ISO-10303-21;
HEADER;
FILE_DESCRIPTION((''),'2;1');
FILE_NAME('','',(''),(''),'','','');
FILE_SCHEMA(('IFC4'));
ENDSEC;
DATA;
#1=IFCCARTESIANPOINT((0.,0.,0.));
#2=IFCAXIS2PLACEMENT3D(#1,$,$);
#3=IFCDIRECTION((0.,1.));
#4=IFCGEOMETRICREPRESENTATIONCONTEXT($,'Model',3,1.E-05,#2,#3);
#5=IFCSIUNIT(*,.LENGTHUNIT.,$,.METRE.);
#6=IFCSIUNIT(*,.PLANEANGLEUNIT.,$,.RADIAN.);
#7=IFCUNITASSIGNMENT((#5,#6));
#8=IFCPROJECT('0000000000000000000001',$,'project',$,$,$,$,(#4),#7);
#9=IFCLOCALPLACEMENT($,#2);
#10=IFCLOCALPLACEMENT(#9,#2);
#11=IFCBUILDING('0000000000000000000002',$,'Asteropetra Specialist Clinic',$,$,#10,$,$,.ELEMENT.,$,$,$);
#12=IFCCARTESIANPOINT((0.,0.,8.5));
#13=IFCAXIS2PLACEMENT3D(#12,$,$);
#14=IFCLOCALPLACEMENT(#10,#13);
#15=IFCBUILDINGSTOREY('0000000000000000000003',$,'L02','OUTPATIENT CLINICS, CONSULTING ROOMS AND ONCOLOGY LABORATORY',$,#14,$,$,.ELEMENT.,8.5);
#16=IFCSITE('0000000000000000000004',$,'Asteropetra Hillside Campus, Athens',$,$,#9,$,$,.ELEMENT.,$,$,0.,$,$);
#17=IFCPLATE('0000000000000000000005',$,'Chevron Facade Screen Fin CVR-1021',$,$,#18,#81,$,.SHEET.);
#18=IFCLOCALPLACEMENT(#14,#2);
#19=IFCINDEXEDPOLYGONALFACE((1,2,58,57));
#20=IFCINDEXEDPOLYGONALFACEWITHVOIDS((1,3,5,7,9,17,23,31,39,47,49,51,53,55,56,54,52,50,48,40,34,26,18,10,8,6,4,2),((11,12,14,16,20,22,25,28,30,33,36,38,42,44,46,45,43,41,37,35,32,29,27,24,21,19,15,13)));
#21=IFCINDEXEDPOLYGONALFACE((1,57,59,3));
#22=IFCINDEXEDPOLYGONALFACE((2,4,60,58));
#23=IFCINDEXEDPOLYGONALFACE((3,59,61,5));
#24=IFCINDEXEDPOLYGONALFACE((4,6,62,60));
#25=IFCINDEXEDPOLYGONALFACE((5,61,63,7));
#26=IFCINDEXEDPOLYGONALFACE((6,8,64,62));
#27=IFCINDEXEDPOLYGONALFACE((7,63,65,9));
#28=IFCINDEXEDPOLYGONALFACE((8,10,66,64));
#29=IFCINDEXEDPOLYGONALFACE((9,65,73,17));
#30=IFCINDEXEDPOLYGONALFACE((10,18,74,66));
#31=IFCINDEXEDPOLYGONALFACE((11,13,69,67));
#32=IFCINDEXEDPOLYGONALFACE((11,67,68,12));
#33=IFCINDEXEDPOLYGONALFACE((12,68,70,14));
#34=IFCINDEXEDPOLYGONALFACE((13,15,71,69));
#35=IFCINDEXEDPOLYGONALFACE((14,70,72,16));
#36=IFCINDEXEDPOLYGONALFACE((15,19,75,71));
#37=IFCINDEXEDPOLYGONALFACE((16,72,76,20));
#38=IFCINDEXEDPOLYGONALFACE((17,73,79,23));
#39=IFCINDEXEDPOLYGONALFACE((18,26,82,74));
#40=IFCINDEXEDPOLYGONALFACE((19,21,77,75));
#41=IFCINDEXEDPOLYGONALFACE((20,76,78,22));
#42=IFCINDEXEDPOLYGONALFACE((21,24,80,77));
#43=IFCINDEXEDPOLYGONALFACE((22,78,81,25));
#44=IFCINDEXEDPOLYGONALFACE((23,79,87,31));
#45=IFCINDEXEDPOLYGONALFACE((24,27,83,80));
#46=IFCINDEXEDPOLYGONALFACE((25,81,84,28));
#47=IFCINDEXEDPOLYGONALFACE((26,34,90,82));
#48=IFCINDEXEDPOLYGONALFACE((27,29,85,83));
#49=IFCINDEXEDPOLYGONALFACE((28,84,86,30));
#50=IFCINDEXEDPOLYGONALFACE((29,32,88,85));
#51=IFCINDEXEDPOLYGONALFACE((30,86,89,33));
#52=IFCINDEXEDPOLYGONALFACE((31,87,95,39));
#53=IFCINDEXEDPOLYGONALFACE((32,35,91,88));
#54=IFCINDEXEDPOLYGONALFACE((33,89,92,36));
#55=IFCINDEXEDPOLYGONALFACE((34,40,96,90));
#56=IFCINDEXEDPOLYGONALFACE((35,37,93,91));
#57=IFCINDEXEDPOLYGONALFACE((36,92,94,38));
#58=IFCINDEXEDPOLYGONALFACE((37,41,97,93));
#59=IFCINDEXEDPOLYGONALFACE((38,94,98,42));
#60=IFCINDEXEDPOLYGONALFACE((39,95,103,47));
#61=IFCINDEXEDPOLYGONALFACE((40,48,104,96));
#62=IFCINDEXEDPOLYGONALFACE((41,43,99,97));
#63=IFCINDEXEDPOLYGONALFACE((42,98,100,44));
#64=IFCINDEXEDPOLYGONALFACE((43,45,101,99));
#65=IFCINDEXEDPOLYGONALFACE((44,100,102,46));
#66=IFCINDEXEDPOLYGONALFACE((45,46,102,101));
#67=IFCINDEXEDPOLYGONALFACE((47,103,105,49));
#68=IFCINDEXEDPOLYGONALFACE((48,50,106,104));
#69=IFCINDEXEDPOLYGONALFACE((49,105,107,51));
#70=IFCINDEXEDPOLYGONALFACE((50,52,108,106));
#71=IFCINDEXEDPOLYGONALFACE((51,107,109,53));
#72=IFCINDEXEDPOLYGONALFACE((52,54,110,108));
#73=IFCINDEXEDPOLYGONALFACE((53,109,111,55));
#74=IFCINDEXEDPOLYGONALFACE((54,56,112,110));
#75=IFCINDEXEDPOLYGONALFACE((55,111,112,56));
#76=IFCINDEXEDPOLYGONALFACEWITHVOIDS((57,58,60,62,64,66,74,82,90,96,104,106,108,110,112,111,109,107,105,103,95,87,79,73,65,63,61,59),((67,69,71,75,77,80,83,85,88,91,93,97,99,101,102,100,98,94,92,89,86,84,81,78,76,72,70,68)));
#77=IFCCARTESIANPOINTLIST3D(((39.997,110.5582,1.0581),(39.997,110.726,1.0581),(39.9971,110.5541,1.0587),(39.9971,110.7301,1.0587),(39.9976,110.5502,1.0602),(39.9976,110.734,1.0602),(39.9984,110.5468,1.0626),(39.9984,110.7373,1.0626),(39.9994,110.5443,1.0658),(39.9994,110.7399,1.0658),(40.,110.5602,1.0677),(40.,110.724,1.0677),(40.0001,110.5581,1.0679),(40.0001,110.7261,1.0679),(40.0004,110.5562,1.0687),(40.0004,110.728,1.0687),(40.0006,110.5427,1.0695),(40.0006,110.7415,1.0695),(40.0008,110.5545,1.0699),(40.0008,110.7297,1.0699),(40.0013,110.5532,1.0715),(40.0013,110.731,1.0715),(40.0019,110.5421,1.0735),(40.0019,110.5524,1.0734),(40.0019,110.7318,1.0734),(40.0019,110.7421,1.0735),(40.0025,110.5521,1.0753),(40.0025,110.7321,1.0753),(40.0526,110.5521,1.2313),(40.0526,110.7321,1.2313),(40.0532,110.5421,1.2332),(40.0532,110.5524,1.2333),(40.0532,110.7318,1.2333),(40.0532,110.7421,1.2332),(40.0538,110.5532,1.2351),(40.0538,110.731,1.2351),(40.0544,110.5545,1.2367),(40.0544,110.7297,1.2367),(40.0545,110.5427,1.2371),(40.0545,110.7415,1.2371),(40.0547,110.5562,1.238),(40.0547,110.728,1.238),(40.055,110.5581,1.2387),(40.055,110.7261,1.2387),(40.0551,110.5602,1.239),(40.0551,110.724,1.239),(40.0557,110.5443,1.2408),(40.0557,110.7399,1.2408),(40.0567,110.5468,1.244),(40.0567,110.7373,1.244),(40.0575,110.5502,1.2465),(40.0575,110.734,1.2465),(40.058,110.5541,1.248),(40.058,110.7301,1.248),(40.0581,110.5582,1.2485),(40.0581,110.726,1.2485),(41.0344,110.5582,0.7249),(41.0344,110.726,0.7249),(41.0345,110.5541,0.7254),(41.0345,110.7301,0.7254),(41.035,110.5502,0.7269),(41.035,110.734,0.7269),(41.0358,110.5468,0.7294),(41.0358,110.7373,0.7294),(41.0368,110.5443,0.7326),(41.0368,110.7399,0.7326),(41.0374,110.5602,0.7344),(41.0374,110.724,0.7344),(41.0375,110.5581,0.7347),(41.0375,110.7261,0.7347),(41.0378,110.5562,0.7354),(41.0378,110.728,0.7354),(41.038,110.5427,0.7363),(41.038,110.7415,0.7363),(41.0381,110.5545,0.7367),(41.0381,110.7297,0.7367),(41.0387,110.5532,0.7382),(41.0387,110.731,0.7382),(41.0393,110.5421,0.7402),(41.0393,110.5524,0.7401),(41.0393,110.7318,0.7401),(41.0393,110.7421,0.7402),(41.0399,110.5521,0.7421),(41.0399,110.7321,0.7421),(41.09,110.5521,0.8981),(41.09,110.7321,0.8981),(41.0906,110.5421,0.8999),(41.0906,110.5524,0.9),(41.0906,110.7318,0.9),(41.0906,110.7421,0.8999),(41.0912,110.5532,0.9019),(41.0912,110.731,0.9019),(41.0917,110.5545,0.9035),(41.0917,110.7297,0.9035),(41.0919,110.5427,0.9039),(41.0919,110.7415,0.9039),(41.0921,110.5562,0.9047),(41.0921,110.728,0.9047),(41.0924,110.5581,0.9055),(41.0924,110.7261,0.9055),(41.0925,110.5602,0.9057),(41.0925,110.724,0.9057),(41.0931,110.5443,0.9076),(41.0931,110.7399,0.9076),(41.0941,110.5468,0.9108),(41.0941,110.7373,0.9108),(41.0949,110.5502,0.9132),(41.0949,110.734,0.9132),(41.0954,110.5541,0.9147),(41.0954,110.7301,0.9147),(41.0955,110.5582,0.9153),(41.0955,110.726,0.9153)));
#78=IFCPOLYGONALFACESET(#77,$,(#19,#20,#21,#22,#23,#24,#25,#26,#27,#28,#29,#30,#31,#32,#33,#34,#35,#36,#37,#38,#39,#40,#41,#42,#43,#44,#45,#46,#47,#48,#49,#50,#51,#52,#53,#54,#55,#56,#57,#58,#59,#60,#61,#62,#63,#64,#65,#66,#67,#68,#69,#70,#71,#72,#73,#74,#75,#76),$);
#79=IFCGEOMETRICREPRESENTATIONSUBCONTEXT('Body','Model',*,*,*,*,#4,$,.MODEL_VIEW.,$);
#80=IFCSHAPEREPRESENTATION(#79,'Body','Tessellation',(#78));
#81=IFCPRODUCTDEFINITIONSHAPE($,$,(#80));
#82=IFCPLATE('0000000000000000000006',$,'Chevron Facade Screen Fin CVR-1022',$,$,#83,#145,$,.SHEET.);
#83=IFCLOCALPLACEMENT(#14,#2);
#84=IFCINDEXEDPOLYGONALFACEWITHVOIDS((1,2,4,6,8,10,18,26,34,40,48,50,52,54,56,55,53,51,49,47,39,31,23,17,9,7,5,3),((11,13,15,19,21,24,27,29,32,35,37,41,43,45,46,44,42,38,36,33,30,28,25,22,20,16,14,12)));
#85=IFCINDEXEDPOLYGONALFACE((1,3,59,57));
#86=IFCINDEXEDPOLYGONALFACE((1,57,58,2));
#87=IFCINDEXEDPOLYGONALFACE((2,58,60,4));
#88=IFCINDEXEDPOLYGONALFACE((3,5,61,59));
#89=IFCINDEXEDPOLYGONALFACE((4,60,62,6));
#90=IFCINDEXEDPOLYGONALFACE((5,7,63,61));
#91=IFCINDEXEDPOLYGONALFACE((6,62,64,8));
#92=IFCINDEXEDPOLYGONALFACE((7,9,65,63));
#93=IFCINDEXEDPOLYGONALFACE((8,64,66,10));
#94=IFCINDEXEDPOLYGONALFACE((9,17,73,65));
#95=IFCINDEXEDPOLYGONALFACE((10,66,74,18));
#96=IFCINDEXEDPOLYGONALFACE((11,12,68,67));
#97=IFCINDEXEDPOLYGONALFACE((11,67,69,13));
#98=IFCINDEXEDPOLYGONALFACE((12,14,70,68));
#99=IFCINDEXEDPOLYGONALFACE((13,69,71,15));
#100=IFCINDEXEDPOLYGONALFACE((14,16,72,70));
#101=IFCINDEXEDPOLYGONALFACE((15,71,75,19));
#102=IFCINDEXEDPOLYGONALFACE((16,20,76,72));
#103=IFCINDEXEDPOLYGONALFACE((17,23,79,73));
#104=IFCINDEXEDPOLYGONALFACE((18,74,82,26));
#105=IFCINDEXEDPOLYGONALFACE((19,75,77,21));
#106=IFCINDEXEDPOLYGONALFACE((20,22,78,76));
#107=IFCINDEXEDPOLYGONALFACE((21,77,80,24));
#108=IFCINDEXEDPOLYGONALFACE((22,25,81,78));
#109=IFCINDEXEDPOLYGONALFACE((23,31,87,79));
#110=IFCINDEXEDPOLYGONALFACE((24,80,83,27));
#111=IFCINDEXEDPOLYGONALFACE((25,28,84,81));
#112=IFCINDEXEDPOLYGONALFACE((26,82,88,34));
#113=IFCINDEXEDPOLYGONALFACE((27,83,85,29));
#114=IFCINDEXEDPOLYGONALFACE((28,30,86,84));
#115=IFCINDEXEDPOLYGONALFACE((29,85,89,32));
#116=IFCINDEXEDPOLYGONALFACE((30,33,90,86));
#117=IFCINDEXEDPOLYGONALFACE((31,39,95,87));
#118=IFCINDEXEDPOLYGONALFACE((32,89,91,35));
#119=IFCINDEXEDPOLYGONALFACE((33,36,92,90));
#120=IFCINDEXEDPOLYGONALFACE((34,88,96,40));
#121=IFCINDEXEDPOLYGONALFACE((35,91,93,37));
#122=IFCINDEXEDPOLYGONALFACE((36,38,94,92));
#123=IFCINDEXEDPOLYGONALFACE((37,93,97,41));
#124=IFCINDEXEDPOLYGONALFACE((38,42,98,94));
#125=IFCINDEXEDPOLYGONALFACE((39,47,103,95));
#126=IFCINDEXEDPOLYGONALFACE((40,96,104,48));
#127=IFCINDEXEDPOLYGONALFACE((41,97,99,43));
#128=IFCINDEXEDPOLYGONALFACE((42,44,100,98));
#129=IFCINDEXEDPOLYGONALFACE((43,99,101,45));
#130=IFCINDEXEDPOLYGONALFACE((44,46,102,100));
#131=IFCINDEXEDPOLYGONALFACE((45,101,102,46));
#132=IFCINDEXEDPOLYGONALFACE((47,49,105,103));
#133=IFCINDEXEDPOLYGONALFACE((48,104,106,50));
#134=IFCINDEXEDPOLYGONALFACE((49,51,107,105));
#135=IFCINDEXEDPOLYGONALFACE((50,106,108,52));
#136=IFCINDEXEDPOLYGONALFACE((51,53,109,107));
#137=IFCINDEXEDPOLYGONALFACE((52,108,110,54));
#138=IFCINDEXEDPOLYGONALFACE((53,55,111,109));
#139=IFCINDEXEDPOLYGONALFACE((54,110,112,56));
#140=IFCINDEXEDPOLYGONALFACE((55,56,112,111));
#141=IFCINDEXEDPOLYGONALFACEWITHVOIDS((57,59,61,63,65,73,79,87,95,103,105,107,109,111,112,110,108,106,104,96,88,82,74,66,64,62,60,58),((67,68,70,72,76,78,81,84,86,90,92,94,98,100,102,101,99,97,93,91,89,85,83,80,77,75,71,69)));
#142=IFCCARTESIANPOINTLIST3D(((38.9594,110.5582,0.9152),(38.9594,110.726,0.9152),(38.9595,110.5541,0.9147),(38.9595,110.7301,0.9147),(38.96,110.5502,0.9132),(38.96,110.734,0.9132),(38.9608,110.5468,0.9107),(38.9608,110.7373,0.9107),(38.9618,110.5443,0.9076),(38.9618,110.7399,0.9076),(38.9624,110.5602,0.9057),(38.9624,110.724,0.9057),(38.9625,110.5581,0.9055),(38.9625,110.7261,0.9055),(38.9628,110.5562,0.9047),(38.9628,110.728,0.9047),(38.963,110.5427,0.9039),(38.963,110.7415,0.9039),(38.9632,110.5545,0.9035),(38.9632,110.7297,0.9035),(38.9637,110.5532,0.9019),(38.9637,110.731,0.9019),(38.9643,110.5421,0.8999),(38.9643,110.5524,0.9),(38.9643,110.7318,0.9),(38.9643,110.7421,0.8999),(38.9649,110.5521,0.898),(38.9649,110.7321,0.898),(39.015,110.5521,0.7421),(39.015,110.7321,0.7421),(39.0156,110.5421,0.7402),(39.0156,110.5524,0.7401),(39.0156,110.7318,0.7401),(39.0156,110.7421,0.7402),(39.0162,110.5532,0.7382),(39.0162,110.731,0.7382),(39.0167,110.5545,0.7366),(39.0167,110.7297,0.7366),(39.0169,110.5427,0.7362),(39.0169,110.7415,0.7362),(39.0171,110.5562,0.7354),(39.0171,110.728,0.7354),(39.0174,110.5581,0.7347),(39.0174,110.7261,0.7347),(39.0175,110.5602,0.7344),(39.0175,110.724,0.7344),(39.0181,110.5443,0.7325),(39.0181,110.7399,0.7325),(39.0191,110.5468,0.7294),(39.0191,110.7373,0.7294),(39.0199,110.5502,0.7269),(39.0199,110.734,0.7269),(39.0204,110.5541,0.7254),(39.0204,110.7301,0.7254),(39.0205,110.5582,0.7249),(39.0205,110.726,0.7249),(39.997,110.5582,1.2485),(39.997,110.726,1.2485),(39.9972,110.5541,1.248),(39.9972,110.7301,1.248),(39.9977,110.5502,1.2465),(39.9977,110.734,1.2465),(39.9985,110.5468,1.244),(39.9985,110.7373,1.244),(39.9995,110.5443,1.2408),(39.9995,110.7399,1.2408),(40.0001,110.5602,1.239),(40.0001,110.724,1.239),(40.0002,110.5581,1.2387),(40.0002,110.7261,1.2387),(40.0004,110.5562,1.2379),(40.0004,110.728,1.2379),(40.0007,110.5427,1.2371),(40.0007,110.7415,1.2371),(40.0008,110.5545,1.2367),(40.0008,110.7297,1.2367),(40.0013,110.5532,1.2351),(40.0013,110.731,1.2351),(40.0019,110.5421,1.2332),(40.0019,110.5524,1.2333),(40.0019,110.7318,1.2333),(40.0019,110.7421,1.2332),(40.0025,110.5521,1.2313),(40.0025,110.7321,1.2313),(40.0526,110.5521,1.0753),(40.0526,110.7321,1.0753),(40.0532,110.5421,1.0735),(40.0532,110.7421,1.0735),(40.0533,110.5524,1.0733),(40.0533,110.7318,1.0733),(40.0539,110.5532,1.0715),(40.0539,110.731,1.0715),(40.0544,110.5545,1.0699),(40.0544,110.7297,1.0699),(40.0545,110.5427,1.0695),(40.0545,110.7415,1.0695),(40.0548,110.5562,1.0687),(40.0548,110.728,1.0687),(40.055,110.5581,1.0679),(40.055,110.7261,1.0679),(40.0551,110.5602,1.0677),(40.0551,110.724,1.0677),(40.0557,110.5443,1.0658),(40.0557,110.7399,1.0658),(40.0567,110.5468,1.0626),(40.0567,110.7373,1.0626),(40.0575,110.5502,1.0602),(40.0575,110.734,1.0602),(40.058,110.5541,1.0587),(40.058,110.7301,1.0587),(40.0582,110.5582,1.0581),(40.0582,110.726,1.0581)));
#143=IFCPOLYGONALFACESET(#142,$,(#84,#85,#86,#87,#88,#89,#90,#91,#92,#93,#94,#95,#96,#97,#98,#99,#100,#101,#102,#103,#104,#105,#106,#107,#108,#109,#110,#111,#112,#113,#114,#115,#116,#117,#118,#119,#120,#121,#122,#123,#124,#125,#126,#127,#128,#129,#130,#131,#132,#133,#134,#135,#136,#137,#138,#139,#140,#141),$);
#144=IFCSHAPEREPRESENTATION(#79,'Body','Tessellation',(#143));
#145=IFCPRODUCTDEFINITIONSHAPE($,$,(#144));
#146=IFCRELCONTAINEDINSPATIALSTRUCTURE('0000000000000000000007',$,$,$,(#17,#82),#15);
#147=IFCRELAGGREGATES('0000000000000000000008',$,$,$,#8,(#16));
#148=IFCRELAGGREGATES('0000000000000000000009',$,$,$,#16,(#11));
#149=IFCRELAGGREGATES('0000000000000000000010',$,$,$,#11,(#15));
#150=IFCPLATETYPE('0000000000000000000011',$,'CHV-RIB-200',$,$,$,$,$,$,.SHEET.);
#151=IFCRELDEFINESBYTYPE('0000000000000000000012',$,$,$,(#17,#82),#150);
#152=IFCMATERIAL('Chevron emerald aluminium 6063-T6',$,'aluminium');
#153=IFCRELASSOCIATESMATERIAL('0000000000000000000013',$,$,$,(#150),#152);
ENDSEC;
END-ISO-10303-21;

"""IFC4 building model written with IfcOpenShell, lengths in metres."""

from ifc_helpers import new_model, si_unit, direction, frame, origin, origin_2d, place, context, subcontext, project, spatial, hollow_rectangle, extrude, material, material_profile, profile_set, type_object, element, save


model = new_model("IFC4")

# Units and contexts
model_context = context("Model", 3, precision=1e-05, world=origin(), true_north=direction((0.0, 1.0)))
body_context = subcontext(model_context, "Body", "Model", "MODEL_VIEW")
ifc_project = project(units=[si_unit("LENGTHUNIT", "METRE"), si_unit("PLANEANGLEUNIT", "RADIAN")], contexts=[model_context])

# Site, building, storey
site_placement = place(None, origin())
site = spatial("IfcSite", under=ifc_project, at=site_placement, Name="Asteropetra Hillside Campus, Athens", CompositionType="ELEMENT", RefElevation=0.0)
building_placement = place(site_placement, origin())
building = spatial("IfcBuilding", under=site, at=building_placement, Name="Asteropetra Specialist Clinic", CompositionType="ELEMENT")
storey_placement = place(building_placement, frame((0.0, 0.0, 8.5)))
storey = spatial("IfcBuildingStorey", under=building, at=storey_placement, Name="L02", Description="OUTPATIENT CLINICS, CONSULTING ROOMS AND ONCOLOGY LABORATORY", CompositionType="ELEMENT", Elevation=8.5)

# Plates
ifc_material_1 = material(Name="Chevron emerald aluminium 6063-T6", Category="aluminium")
ifc_material_profile_1 = material_profile(ifc_material_1, hollow_rectangle(XDim=0.2, YDim=0.2, WallThickness=0.01, InnerFilletRadius=0.0081, OuterFilletRadius=0.0161, at=origin_2d()), Name="SHS 200x200x10.0")
ifc_profile_set_1 = profile_set([ifc_material_profile_1], Name="Chevron emerald aluminium 6063-T6")
plate_type = type_object("IfcPlateType", Name="CHV-RIB-200", PredefinedType="SHEET", material=ifc_profile_set_1)
plate_1_placement = place(storey_placement, frame((41.0649, 110.6421, 0.8201), z_axis=(-0.952078, 0.0, 0.305857), x_axis=(0.0, -1.0, 0.0)))
element("IfcPlate", 1, at=plate_1_placement, inside=storey, type_object=plate_type, Name="Chevron Facade Screen Fin CVR-1021", PredefinedType="SHEET", context=body_context, shape_type="SweptSolid", body=[
    extrude(hollow_rectangle(XDim=0.2, YDim=0.2, WallThickness=0.01, InnerFilletRadius=0.0081, OuterFilletRadius=0.0161, at=origin_2d()), origin(), (0.0, 0.0, 1.0), 1.0896),
])
plate_2_placement = place(storey_placement, frame((40.0276, 110.6421, 1.1533), z_axis=(-0.952098, 0.0, -0.305792), x_axis=(0.0, -1.0, 0.0)))
element("IfcPlate", 2, at=plate_2_placement, inside=storey, type_object=plate_type, Name="Chevron Facade Screen Fin CVR-1022", PredefinedType="SHEET", context=body_context, shape_type="SweptSolid", body=[
    extrude(hollow_rectangle(XDim=0.2, YDim=0.2, WallThickness=0.01, InnerFilletRadius=0.0081, OuterFilletRadius=0.0161, at=origin_2d()), origin(), (0.0, 0.0, 1.0), 1.0898),
])

save(model, "model.ifc")
